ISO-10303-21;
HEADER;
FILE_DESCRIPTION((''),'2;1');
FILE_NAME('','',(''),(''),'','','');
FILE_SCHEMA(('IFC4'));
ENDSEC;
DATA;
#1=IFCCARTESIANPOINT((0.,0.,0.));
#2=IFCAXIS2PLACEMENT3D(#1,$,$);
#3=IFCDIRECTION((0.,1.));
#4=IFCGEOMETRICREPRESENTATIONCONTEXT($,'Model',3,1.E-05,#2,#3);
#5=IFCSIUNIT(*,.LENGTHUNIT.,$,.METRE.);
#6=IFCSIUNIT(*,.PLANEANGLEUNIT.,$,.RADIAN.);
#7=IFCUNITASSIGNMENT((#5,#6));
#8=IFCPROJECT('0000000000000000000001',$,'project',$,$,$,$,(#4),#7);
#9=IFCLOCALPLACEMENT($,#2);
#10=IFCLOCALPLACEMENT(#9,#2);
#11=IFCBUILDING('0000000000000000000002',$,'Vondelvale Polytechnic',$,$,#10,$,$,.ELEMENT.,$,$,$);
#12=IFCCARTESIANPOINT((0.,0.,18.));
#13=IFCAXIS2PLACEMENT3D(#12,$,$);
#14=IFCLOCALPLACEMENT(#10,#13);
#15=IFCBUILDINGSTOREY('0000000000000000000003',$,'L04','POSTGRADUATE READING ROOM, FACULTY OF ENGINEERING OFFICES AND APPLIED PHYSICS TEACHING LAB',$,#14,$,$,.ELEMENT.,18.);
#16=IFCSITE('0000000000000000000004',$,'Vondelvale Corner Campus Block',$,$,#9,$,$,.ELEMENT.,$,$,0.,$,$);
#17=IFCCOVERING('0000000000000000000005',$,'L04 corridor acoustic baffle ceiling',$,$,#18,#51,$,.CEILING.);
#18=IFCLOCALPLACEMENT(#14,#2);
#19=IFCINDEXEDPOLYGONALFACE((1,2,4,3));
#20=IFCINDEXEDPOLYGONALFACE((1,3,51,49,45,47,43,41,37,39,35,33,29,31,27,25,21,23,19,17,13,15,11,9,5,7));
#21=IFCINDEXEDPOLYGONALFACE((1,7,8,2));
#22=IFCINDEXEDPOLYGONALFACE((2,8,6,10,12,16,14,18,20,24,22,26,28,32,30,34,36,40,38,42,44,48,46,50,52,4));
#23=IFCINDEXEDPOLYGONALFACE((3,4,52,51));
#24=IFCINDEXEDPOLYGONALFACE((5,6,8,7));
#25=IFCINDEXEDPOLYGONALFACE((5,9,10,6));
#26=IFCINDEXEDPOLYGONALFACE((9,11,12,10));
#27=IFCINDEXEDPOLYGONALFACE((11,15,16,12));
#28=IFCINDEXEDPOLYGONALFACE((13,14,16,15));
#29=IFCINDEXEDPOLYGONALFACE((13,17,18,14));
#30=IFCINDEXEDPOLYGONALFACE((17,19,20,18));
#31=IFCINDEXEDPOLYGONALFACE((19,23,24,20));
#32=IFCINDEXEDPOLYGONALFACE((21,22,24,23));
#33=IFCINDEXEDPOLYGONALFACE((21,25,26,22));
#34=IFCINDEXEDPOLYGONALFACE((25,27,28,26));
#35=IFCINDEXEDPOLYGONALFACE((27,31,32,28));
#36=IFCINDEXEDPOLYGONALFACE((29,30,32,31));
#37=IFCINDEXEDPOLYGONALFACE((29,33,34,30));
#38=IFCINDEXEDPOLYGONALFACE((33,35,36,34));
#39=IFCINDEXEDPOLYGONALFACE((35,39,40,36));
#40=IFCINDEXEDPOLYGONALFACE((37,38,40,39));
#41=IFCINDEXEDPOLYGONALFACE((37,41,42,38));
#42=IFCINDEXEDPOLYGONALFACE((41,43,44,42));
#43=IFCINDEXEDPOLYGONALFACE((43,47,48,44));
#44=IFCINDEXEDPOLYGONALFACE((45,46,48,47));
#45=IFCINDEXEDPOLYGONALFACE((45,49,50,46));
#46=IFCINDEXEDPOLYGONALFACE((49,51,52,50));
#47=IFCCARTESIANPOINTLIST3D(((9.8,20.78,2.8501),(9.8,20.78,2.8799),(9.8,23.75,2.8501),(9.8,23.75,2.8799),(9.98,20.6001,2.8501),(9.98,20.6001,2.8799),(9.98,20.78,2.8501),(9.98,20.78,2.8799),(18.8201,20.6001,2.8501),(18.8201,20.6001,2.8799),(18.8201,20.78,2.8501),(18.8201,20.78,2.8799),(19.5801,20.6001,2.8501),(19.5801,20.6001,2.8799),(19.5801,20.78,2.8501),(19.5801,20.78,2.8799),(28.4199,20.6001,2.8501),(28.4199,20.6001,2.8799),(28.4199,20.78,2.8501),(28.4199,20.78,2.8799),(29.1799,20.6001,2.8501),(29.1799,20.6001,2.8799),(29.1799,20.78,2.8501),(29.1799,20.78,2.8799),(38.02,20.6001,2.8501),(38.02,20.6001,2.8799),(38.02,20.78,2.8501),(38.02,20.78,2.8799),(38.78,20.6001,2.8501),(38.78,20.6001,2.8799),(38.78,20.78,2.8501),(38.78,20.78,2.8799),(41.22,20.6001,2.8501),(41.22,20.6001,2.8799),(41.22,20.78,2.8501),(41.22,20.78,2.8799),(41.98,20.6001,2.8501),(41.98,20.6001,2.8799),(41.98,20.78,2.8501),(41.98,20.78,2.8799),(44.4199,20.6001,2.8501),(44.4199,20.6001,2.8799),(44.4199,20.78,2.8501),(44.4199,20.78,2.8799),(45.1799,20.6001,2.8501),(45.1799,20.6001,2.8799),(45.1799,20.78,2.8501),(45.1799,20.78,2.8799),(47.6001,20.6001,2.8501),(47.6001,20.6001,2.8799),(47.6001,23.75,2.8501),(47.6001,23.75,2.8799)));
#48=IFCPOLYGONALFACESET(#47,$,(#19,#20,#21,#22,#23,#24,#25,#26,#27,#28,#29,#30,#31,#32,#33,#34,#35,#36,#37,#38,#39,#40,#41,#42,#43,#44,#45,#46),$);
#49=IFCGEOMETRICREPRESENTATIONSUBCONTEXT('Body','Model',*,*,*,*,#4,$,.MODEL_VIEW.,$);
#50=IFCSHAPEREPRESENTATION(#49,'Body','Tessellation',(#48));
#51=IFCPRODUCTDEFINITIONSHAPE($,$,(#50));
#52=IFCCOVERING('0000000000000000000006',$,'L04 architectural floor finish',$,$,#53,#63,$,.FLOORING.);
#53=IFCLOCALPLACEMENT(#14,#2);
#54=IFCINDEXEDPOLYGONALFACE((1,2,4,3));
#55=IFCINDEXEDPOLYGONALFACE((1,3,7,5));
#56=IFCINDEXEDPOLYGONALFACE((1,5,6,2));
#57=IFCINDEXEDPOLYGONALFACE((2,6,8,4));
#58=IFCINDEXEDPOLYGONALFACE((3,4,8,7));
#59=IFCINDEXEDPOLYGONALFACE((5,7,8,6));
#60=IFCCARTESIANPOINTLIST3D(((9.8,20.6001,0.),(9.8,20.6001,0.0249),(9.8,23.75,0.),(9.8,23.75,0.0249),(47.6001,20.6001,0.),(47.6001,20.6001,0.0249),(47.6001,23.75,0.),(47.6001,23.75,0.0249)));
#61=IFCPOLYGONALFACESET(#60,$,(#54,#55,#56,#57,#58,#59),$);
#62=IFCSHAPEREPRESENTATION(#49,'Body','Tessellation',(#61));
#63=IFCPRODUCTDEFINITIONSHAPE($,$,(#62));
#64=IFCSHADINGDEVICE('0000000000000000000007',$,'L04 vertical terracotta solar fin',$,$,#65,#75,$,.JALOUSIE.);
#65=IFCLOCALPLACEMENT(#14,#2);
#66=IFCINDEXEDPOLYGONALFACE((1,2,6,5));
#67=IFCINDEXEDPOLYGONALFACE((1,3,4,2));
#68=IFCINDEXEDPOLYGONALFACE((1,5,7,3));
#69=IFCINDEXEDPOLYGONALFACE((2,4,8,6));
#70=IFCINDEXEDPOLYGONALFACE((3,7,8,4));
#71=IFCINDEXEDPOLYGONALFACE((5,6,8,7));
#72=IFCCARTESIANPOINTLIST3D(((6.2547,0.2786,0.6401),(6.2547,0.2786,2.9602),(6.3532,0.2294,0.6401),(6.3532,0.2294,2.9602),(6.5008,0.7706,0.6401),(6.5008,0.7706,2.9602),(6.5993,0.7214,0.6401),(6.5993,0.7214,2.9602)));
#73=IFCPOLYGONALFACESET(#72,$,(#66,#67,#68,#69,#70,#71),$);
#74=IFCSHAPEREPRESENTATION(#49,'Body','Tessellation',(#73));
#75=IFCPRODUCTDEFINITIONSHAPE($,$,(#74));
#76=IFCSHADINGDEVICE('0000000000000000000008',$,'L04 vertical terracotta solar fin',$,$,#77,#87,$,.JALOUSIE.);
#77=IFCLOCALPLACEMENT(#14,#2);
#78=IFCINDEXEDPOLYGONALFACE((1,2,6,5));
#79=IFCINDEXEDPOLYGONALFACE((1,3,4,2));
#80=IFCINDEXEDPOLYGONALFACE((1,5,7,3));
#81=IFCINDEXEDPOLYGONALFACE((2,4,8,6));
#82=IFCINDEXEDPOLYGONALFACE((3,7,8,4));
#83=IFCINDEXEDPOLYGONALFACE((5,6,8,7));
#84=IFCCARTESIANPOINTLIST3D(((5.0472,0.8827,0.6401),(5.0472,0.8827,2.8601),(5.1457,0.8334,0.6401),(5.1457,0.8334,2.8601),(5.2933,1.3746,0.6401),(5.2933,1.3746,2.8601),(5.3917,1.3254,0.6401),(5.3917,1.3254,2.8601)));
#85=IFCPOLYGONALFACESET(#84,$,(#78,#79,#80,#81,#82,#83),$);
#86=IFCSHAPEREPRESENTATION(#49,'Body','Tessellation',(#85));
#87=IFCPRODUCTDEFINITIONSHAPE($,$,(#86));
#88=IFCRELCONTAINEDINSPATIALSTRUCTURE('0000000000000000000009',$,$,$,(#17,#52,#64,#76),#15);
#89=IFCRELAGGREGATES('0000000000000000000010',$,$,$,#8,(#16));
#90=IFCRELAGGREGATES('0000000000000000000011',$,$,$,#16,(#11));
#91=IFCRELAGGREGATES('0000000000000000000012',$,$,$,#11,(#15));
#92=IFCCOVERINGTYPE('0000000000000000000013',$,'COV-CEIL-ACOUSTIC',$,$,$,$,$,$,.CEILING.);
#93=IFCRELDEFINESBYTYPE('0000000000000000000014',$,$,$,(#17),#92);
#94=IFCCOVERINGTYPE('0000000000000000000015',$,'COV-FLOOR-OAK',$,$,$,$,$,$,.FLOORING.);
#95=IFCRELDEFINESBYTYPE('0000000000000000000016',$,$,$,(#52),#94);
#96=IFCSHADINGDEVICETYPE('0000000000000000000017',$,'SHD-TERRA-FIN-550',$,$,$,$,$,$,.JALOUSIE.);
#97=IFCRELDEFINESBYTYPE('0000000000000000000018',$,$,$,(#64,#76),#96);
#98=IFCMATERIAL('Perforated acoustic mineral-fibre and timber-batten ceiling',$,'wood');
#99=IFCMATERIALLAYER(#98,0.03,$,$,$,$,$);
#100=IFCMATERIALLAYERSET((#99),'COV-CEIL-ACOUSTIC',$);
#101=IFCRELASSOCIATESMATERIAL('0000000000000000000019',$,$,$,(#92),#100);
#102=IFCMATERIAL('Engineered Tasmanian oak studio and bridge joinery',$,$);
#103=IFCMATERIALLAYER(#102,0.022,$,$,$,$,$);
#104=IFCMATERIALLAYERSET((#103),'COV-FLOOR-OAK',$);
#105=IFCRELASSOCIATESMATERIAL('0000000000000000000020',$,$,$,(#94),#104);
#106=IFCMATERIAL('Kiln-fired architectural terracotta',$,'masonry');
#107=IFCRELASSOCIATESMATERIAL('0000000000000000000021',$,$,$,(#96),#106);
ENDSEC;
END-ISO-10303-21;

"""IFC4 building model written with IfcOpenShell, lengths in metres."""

from ifc_helpers import new_model, si_unit, direction, frame, origin, origin_2d, place, context, subcontext, project, spatial, polyline, rectangle, outline, extrude, material, layer, layer_set, type_object, element, save


model = new_model("IFC4")

# Units and contexts
model_context = context("Model", 3, precision=1e-05, world=origin(), true_north=direction((0.0, 1.0)))
body_context = subcontext(model_context, "Body", "Model", "MODEL_VIEW")
ifc_project = project(units=[si_unit("LENGTHUNIT", "METRE"), si_unit("PLANEANGLEUNIT", "RADIAN")], contexts=[model_context])

# Site, building, storey
site_placement = place(None, origin())
site = spatial("IfcSite", under=ifc_project, at=site_placement, Name="Vondelvale Corner Campus Block", CompositionType="ELEMENT", RefElevation=0.0)
building_placement = place(site_placement, origin())
building = spatial("IfcBuilding", under=site, at=building_placement, Name="Vondelvale Polytechnic", CompositionType="ELEMENT")
storey_placement = place(building_placement, frame((0.0, 0.0, 18.0)))
storey = spatial("IfcBuildingStorey", under=building, at=storey_placement, Name="L04", Description="POSTGRADUATE READING ROOM, FACULTY OF ENGINEERING OFFICES AND APPLIED PHYSICS TEACHING LAB", CompositionType="ELEMENT", Elevation=18.0)

# Coverings
ifc_material_1 = material(Name="Perforated acoustic mineral-fibre and timber-batten ceiling", Category="wood")
ifc_layer_1 = layer(ifc_material_1, 0.03)
ifc_layer_set_1 = layer_set([ifc_layer_1], Name="COV-CEIL-ACOUSTIC")
covering_type_1 = type_object("IfcCoveringType", Name="COV-CEIL-ACOUSTIC", PredefinedType="CEILING", material=ifc_layer_set_1)
covering_1_placement = place(storey_placement, frame((0.0, 0.0, 2.8501)))
element("IfcCovering", 1, at=covering_1_placement, inside=storey, type_object=covering_type_1, Name="L04 corridor acoustic baffle ceiling", PredefinedType="CEILING", context=body_context, shape_type="SweptSolid", body=[
    extrude(outline(polyline([(9.98, 20.6001), (9.98, 20.78), (9.8, 20.78), (9.8, 23.75), (47.6001, 23.75), (47.6001, 20.6001), (45.1799, 20.6001), (45.1799, 20.78), (44.4199, 20.78), (44.4199, 20.6001), (41.98, 20.6001), (41.98, 20.78), (41.22, 20.78), (41.22, 20.6001), (38.78, 20.6001), (38.78, 20.78), (38.02, 20.78), (38.02, 20.6001), (29.1799, 20.6001), (29.1799, 20.78), (28.4199, 20.78), (28.4199, 20.6001), (19.5801, 20.6001), (19.5801, 20.78), (18.8201, 20.78), (18.8201, 20.6001), (9.98, 20.6001)])), origin(), (0.0, 0.0, 1.0), 0.0298),
])
ifc_material_2 = material(Name="Engineered Tasmanian oak studio and bridge joinery")
ifc_layer_2 = layer(ifc_material_2, 0.022)
ifc_layer_set_2 = layer_set([ifc_layer_2], Name="COV-FLOOR-OAK")
covering_type_2 = type_object("IfcCoveringType", Name="COV-FLOOR-OAK", PredefinedType="FLOORING", material=ifc_layer_set_2)
covering_2_placement = place(storey_placement, origin())
element("IfcCovering", 2, at=covering_2_placement, inside=storey, type_object=covering_type_2, Name="L04 architectural floor finish", PredefinedType="FLOORING", context=body_context, shape_type="SweptSolid", body=[
    extrude(outline(polyline([(9.8, 20.6001), (47.6001, 20.6001), (47.6001, 23.75), (9.8, 23.75), (9.8, 20.6001)])), origin(), (0.0, 0.0, 1.0), 0.0249),
])

# Shading devices
ifc_material_3 = material(Name="Kiln-fired architectural terracotta", Category="masonry")
shading_device_type = type_object("IfcShadingDeviceType", Name="SHD-TERRA-FIN-550", PredefinedType="JALOUSIE", material=ifc_material_3)
shading_device_1_placement = place(storey_placement, frame((6.427, 0.5, 0.6401), z_axis=(0.0, 0.0, 1.0), x_axis=(-0.894389, 0.447291, 0.0)))
element("IfcShadingDevice", 3, at=shading_device_1_placement, inside=storey, type_object=shading_device_type, Name="L04 vertical terracotta solar fin", PredefinedType="JALOUSIE", context=body_context, shape_type="SweptSolid", body=[
    extrude(rectangle(XDim=0.1101, YDim=0.55, at=origin_2d()), origin(), (0.0, 0.0, 1.0), 2.3201),
])
shading_device_2_placement = place(storey_placement, frame((5.2195, 1.104, 0.6401), z_axis=(0.0, 0.0, 1.0), x_axis=(-0.894389, 0.447291, 0.0)))
element("IfcShadingDevice", 4, at=shading_device_2_placement, inside=storey, type_object=shading_device_type, Name="L04 vertical terracotta solar fin", PredefinedType="JALOUSIE", context=body_context, shape_type="SweptSolid", body=[
    extrude(rectangle(XDim=0.1101, YDim=0.55, at=origin_2d()), origin(), (0.0, 0.0, 1.0), 2.22),
])

save(model, "model.ifc")
